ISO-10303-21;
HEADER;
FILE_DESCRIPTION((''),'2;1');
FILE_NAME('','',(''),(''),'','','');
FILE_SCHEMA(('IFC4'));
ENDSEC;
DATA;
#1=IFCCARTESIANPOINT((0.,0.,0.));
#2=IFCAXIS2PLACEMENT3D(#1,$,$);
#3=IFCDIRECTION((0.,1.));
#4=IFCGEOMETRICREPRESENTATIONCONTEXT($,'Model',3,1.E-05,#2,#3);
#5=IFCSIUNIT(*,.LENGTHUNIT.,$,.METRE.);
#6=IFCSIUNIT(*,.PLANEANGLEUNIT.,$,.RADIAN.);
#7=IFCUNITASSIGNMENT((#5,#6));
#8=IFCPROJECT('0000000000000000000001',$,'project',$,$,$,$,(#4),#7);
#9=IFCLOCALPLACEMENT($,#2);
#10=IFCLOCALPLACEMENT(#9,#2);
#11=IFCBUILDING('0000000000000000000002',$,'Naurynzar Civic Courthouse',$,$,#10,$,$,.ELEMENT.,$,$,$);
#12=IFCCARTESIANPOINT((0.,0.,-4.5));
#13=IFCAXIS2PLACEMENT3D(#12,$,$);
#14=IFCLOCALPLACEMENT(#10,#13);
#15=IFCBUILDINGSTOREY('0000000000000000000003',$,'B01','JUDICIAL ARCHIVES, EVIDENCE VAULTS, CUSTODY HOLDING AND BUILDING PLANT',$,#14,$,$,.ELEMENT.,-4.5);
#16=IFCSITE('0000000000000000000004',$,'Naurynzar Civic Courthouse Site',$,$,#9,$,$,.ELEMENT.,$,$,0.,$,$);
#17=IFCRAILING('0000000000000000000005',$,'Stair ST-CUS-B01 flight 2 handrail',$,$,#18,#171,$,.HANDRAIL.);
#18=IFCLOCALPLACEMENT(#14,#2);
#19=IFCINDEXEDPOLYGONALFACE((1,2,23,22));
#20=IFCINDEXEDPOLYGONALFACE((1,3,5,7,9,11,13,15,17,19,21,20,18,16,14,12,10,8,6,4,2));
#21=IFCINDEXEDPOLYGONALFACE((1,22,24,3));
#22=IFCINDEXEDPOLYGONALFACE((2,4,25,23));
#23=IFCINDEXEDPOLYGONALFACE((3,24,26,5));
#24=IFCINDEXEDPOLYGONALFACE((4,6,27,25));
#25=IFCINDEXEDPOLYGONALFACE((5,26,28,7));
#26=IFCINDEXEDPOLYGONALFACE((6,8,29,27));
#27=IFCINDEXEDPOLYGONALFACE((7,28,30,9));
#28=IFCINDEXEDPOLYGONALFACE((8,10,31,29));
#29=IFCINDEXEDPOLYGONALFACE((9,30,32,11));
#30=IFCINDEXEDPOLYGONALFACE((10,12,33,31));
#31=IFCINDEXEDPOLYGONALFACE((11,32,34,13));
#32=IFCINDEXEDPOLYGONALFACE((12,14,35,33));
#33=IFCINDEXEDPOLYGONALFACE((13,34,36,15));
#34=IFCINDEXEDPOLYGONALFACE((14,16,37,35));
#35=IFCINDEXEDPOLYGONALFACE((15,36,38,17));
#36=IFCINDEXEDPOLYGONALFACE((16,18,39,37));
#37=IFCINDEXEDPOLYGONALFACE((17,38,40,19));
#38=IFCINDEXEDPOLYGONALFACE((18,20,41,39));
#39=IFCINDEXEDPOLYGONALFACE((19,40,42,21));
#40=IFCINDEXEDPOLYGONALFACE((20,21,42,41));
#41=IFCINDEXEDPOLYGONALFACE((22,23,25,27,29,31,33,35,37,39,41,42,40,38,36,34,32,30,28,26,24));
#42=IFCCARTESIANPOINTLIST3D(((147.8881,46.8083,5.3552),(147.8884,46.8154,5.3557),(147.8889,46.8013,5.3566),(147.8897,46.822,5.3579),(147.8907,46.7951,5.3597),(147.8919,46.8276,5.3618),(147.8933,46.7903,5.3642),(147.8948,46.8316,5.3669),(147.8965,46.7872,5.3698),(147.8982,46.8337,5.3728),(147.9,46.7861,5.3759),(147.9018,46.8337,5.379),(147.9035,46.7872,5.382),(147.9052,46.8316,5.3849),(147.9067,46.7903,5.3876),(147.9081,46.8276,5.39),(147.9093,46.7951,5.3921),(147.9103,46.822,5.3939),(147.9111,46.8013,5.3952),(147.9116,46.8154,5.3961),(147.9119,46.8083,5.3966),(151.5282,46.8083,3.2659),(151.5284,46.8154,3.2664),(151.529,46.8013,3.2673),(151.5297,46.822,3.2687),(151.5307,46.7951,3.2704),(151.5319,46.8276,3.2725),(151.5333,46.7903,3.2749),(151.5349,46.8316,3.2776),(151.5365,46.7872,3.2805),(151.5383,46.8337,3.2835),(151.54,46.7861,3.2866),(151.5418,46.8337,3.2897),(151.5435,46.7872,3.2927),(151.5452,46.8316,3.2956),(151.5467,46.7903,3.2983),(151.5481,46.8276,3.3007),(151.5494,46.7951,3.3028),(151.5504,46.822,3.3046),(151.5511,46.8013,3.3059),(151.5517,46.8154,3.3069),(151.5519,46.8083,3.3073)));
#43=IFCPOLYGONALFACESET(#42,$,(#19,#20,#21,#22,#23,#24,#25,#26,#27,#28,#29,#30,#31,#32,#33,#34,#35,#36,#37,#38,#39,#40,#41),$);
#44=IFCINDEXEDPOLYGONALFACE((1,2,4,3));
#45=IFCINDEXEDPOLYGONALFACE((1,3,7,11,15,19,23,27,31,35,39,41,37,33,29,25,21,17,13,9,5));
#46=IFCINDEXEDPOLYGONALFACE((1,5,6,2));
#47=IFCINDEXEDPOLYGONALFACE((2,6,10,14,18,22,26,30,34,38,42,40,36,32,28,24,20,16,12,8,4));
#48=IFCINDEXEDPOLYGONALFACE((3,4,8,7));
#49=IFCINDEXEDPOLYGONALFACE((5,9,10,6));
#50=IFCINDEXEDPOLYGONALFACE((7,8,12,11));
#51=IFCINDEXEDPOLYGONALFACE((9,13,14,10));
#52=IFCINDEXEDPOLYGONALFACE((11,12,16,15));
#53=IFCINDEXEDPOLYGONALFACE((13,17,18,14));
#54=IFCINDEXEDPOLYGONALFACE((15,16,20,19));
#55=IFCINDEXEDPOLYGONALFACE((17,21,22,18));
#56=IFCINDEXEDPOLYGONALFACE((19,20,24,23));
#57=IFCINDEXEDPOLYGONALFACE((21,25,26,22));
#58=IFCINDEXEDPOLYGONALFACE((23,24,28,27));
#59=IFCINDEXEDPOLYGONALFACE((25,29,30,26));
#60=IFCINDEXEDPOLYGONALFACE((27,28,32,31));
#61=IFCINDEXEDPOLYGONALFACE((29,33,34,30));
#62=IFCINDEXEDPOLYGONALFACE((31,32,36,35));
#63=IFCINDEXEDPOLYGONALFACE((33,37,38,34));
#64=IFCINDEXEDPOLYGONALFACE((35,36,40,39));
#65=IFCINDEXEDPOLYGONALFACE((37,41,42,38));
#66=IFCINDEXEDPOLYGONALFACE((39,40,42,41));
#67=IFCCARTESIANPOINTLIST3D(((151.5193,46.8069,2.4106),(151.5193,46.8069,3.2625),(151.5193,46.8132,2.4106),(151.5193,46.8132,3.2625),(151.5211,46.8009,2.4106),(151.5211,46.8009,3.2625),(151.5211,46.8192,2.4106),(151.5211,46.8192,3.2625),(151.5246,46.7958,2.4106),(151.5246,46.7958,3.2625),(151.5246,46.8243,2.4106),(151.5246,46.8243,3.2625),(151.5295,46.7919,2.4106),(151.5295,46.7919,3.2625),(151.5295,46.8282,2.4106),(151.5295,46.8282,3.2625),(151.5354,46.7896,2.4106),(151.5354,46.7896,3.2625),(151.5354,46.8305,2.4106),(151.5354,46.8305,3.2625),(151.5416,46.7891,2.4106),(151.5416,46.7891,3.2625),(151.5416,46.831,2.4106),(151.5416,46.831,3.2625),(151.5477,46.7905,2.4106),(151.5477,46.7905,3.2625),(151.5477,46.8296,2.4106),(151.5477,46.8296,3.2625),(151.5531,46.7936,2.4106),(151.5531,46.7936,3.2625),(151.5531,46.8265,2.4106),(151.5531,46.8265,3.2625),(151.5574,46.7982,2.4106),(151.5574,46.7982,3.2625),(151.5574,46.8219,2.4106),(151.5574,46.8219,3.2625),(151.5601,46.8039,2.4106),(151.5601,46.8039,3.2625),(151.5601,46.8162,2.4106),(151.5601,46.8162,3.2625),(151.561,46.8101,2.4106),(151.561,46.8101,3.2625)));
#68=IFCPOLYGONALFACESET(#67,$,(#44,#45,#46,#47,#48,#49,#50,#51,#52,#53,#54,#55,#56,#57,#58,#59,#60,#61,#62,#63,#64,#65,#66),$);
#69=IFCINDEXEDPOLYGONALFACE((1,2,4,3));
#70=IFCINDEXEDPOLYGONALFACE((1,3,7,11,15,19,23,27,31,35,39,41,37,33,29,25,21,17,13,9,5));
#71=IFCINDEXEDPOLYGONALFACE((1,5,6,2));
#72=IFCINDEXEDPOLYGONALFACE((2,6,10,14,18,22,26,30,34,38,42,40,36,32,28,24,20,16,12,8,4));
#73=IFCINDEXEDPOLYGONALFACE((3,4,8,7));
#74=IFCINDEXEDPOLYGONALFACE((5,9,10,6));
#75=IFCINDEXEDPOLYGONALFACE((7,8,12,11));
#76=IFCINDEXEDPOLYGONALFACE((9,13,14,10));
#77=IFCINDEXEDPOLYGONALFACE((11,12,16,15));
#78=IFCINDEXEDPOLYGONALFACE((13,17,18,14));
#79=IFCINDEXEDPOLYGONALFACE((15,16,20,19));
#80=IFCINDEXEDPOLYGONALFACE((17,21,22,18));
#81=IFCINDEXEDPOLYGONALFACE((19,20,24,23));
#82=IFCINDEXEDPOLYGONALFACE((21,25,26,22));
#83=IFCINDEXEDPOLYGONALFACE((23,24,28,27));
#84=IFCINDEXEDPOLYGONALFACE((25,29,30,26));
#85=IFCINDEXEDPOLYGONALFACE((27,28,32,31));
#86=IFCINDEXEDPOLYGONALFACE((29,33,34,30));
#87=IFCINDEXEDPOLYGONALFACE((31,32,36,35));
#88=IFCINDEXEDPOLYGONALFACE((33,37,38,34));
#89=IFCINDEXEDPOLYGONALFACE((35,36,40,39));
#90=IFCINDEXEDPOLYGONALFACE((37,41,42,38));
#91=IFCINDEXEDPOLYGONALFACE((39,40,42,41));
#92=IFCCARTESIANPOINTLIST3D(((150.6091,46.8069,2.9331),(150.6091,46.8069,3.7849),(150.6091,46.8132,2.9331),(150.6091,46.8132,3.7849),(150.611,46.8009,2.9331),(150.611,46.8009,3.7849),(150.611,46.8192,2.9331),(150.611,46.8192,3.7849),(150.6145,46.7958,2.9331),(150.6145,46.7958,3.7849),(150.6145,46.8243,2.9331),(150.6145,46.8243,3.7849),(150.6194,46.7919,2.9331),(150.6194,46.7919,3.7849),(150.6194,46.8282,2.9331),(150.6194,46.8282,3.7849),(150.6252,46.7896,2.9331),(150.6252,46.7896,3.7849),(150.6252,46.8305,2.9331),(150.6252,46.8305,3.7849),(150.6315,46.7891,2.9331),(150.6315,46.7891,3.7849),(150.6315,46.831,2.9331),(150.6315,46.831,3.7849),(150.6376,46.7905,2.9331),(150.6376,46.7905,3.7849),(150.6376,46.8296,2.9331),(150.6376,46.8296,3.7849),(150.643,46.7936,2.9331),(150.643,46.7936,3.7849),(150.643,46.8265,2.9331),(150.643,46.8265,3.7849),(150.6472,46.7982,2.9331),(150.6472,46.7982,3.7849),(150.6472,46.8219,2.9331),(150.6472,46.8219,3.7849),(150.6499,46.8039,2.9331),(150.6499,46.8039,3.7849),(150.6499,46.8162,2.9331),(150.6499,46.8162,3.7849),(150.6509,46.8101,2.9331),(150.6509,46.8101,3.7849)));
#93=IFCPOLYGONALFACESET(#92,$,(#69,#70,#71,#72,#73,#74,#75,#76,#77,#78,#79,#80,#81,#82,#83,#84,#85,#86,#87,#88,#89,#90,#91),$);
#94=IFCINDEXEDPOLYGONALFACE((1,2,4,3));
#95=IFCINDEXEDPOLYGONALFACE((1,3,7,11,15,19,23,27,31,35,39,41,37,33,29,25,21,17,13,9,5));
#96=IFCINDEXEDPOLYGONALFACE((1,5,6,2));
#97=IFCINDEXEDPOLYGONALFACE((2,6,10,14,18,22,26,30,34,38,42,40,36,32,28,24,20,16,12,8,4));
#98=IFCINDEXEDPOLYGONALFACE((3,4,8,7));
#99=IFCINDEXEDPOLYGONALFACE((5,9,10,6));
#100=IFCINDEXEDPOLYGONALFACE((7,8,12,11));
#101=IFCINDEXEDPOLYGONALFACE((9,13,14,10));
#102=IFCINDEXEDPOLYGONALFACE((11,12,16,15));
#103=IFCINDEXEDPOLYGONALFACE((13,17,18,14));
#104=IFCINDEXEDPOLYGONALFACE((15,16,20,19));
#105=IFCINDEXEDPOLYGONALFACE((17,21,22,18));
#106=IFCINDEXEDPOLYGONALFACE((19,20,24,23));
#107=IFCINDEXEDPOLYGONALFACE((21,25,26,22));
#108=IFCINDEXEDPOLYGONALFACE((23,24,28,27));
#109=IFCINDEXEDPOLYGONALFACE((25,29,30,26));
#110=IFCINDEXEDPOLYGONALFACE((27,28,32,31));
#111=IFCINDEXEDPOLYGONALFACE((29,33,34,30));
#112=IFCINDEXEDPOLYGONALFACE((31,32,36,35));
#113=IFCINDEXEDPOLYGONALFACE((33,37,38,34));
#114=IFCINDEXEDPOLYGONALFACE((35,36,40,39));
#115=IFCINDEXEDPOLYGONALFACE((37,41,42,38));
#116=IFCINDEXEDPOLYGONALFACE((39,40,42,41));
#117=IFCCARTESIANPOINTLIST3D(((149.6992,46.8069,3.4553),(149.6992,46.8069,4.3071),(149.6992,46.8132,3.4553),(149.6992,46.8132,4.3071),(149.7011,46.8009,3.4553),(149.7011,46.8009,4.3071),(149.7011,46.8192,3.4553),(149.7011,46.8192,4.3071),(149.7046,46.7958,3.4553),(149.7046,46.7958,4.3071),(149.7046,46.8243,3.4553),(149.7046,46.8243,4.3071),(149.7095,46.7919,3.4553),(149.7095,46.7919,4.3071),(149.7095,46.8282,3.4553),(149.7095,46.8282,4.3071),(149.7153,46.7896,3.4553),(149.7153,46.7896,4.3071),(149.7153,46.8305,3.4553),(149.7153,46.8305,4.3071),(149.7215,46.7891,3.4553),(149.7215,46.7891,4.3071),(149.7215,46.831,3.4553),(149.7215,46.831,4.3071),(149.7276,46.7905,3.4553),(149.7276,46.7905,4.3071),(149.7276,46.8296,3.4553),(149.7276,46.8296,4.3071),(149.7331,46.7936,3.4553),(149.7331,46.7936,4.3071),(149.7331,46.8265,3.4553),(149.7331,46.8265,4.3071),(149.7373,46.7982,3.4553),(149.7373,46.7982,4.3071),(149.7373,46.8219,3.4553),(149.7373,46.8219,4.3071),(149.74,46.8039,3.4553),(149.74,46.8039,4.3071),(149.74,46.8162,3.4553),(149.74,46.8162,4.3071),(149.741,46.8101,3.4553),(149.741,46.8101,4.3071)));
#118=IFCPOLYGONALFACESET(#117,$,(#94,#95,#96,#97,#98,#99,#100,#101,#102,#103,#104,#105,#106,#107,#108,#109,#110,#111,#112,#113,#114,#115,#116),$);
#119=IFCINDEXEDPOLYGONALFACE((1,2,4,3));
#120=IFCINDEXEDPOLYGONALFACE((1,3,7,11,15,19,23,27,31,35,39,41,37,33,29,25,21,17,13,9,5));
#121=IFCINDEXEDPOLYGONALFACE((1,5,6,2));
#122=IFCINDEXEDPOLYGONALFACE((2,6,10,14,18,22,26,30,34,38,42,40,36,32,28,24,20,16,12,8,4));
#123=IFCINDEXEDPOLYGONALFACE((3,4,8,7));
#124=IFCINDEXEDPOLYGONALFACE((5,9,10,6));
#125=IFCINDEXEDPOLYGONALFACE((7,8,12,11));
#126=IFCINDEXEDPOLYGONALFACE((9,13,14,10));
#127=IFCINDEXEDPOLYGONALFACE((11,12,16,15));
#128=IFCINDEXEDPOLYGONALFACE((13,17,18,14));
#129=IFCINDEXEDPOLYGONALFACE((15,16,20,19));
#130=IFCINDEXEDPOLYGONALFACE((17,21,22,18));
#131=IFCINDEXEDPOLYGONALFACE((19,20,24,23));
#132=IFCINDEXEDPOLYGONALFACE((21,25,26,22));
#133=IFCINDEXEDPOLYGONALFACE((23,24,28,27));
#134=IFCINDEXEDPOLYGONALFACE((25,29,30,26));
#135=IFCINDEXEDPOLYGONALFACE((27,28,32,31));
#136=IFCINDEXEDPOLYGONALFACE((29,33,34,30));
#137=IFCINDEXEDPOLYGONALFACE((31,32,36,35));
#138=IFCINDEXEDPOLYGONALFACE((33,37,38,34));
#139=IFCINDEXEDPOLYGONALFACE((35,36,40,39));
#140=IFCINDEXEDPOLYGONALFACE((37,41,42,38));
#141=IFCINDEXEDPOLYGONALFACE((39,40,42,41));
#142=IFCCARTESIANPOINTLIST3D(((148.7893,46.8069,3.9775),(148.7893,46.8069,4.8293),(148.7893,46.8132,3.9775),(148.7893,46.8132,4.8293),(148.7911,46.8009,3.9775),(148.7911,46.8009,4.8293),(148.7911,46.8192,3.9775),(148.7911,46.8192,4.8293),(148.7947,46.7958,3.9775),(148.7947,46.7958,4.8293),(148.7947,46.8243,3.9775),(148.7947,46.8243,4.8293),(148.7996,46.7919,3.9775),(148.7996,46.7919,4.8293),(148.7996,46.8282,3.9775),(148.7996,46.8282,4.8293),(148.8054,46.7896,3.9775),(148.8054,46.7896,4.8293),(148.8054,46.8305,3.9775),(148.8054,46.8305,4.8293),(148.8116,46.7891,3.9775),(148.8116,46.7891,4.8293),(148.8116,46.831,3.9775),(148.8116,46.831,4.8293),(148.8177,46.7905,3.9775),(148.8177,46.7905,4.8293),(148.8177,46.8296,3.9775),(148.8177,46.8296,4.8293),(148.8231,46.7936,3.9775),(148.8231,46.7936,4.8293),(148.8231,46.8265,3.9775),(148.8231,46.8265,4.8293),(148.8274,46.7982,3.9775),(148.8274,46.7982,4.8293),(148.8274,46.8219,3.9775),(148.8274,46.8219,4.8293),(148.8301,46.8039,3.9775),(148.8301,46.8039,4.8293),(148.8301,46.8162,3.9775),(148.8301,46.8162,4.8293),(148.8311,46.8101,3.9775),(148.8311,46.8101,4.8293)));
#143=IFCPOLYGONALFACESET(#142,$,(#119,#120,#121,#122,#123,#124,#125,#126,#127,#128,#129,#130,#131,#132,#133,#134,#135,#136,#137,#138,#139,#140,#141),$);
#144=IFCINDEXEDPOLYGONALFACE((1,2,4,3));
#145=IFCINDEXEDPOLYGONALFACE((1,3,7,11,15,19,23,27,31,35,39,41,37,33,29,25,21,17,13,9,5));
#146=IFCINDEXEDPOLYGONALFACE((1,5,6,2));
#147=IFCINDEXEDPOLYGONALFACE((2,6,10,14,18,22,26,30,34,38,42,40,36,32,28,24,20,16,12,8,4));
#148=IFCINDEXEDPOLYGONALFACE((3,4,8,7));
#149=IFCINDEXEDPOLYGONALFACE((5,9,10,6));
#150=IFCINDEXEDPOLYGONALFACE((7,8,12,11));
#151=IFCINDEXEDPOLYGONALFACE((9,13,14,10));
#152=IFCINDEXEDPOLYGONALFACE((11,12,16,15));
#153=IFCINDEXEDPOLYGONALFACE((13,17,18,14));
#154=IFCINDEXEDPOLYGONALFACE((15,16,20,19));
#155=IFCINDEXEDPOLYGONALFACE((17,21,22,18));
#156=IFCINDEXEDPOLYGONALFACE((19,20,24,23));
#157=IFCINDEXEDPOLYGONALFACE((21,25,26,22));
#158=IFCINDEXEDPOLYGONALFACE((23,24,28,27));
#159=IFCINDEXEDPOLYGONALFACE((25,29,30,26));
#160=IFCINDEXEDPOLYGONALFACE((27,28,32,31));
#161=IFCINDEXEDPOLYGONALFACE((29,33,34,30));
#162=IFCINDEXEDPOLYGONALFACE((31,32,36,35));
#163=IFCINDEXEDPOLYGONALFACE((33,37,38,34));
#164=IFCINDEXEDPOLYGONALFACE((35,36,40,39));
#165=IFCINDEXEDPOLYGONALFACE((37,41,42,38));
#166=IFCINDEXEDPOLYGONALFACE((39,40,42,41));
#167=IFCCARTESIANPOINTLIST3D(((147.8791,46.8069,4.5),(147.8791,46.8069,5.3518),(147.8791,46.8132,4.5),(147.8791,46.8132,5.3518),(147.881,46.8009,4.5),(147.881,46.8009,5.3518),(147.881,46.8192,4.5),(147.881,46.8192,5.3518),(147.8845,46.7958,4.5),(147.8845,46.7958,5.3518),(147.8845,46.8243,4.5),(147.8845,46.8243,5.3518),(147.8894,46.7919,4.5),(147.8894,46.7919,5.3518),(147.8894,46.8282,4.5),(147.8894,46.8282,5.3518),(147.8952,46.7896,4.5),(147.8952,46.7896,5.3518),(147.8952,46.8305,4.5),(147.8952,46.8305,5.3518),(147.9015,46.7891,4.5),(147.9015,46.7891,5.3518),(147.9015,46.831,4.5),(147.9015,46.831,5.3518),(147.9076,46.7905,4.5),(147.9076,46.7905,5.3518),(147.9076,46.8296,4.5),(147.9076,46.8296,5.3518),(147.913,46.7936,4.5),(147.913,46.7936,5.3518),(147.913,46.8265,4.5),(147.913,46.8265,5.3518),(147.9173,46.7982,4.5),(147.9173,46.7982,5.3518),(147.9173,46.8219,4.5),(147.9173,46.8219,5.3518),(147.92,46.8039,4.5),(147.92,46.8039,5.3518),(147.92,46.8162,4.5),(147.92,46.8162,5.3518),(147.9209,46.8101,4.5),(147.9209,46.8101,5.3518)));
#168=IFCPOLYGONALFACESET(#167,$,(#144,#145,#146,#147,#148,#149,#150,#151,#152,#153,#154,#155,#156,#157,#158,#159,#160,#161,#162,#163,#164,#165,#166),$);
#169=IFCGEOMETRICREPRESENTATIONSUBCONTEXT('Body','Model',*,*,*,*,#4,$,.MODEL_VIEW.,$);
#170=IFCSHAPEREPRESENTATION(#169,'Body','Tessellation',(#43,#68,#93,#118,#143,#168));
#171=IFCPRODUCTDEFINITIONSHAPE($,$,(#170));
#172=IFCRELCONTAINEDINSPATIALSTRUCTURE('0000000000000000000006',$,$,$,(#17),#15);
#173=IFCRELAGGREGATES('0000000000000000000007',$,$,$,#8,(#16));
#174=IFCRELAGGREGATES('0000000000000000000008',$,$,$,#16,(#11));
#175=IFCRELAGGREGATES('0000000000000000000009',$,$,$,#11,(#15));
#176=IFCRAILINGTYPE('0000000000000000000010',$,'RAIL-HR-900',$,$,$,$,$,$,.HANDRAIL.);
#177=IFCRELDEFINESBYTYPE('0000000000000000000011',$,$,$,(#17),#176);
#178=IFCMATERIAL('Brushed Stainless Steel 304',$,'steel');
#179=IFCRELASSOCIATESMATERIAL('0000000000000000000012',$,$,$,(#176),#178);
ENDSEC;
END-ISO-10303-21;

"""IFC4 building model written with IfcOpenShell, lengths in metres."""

from ifc_helpers import new_model, si_unit, direction, frame, origin, origin_2d, place, context, subcontext, project, spatial, circle, extrude, material, type_object, element, save


model = new_model("IFC4")

# Units and contexts
model_context = context("Model", 3, precision=1e-05, world=origin(), true_north=direction((0.0, 1.0)))
body_context = subcontext(model_context, "Body", "Model", "MODEL_VIEW")
ifc_project = project(units=[si_unit("LENGTHUNIT", "METRE"), si_unit("PLANEANGLEUNIT", "RADIAN")], contexts=[model_context])

# Site, building, storey
site_placement = place(None, origin())
site = spatial("IfcSite", under=ifc_project, at=site_placement, Name="Naurynzar Civic Courthouse Site", CompositionType="ELEMENT", RefElevation=0.0)
building_placement = place(site_placement, origin())
building = spatial("IfcBuilding", under=site, at=building_placement, Name="Naurynzar Civic Courthouse", CompositionType="ELEMENT")
storey_placement = place(building_placement, frame((0.0, 0.0, -4.5)))
storey = spatial("IfcBuildingStorey", under=building, at=storey_placement, Name="B01", Description="JUDICIAL ARCHIVES, EVIDENCE VAULTS, CUSTODY HOLDING AND BUILDING PLANT", CompositionType="ELEMENT", Elevation=-4.5)

# Railing
ifc_material_1 = material(Name="Brushed Stainless Steel 304", Category="steel")
railing_type_1 = type_object("IfcRailingType", Name="RAIL-HR-900", PredefinedType="HANDRAIL", material=ifc_material_1)
railing_1_placement = place(storey_placement, frame((151.54, 46.8101, 2.4106)))
element("IfcRailing", 1, at=railing_1_placement, inside=storey, type_object=railing_type_1, Name="Stair ST-CUS-B01 flight 2 handrail", PredefinedType="HANDRAIL", context=body_context, shape_type="SweptSolid", body=[
    extrude(circle(Radius=0.0239, at=origin_2d()), frame((0.0, 0.0, 0.876), z_axis=(-0.867289, 0.0, 0.497804), x_axis=(0.0, -1.0, 0.0)), (0.0, 0.0, 1.0), 4.197),
    extrude(circle(Radius=0.021, at=origin_2d()), origin(), (0.0, 0.0, 1.0), 0.8518),
    extrude(circle(Radius=0.021, at=origin_2d()), frame((-0.9102, 0.0, 0.5225)), (0.0, 0.0, 1.0), 0.8518),
    extrude(circle(Radius=0.021, at=origin_2d()), frame((-1.8201, 0.0, 1.0447)), (0.0, 0.0, 1.0), 0.8518),
    extrude(circle(Radius=0.021, at=origin_2d()), frame((-2.73, 0.0, 1.5669)), (0.0, 0.0, 1.0), 0.8518),
    extrude(circle(Radius=0.021, at=origin_2d()), frame((-3.6401, 0.0, 2.0894)), (0.0, 0.0, 1.0), 0.8518),
])

save(model, "model.ifc")
